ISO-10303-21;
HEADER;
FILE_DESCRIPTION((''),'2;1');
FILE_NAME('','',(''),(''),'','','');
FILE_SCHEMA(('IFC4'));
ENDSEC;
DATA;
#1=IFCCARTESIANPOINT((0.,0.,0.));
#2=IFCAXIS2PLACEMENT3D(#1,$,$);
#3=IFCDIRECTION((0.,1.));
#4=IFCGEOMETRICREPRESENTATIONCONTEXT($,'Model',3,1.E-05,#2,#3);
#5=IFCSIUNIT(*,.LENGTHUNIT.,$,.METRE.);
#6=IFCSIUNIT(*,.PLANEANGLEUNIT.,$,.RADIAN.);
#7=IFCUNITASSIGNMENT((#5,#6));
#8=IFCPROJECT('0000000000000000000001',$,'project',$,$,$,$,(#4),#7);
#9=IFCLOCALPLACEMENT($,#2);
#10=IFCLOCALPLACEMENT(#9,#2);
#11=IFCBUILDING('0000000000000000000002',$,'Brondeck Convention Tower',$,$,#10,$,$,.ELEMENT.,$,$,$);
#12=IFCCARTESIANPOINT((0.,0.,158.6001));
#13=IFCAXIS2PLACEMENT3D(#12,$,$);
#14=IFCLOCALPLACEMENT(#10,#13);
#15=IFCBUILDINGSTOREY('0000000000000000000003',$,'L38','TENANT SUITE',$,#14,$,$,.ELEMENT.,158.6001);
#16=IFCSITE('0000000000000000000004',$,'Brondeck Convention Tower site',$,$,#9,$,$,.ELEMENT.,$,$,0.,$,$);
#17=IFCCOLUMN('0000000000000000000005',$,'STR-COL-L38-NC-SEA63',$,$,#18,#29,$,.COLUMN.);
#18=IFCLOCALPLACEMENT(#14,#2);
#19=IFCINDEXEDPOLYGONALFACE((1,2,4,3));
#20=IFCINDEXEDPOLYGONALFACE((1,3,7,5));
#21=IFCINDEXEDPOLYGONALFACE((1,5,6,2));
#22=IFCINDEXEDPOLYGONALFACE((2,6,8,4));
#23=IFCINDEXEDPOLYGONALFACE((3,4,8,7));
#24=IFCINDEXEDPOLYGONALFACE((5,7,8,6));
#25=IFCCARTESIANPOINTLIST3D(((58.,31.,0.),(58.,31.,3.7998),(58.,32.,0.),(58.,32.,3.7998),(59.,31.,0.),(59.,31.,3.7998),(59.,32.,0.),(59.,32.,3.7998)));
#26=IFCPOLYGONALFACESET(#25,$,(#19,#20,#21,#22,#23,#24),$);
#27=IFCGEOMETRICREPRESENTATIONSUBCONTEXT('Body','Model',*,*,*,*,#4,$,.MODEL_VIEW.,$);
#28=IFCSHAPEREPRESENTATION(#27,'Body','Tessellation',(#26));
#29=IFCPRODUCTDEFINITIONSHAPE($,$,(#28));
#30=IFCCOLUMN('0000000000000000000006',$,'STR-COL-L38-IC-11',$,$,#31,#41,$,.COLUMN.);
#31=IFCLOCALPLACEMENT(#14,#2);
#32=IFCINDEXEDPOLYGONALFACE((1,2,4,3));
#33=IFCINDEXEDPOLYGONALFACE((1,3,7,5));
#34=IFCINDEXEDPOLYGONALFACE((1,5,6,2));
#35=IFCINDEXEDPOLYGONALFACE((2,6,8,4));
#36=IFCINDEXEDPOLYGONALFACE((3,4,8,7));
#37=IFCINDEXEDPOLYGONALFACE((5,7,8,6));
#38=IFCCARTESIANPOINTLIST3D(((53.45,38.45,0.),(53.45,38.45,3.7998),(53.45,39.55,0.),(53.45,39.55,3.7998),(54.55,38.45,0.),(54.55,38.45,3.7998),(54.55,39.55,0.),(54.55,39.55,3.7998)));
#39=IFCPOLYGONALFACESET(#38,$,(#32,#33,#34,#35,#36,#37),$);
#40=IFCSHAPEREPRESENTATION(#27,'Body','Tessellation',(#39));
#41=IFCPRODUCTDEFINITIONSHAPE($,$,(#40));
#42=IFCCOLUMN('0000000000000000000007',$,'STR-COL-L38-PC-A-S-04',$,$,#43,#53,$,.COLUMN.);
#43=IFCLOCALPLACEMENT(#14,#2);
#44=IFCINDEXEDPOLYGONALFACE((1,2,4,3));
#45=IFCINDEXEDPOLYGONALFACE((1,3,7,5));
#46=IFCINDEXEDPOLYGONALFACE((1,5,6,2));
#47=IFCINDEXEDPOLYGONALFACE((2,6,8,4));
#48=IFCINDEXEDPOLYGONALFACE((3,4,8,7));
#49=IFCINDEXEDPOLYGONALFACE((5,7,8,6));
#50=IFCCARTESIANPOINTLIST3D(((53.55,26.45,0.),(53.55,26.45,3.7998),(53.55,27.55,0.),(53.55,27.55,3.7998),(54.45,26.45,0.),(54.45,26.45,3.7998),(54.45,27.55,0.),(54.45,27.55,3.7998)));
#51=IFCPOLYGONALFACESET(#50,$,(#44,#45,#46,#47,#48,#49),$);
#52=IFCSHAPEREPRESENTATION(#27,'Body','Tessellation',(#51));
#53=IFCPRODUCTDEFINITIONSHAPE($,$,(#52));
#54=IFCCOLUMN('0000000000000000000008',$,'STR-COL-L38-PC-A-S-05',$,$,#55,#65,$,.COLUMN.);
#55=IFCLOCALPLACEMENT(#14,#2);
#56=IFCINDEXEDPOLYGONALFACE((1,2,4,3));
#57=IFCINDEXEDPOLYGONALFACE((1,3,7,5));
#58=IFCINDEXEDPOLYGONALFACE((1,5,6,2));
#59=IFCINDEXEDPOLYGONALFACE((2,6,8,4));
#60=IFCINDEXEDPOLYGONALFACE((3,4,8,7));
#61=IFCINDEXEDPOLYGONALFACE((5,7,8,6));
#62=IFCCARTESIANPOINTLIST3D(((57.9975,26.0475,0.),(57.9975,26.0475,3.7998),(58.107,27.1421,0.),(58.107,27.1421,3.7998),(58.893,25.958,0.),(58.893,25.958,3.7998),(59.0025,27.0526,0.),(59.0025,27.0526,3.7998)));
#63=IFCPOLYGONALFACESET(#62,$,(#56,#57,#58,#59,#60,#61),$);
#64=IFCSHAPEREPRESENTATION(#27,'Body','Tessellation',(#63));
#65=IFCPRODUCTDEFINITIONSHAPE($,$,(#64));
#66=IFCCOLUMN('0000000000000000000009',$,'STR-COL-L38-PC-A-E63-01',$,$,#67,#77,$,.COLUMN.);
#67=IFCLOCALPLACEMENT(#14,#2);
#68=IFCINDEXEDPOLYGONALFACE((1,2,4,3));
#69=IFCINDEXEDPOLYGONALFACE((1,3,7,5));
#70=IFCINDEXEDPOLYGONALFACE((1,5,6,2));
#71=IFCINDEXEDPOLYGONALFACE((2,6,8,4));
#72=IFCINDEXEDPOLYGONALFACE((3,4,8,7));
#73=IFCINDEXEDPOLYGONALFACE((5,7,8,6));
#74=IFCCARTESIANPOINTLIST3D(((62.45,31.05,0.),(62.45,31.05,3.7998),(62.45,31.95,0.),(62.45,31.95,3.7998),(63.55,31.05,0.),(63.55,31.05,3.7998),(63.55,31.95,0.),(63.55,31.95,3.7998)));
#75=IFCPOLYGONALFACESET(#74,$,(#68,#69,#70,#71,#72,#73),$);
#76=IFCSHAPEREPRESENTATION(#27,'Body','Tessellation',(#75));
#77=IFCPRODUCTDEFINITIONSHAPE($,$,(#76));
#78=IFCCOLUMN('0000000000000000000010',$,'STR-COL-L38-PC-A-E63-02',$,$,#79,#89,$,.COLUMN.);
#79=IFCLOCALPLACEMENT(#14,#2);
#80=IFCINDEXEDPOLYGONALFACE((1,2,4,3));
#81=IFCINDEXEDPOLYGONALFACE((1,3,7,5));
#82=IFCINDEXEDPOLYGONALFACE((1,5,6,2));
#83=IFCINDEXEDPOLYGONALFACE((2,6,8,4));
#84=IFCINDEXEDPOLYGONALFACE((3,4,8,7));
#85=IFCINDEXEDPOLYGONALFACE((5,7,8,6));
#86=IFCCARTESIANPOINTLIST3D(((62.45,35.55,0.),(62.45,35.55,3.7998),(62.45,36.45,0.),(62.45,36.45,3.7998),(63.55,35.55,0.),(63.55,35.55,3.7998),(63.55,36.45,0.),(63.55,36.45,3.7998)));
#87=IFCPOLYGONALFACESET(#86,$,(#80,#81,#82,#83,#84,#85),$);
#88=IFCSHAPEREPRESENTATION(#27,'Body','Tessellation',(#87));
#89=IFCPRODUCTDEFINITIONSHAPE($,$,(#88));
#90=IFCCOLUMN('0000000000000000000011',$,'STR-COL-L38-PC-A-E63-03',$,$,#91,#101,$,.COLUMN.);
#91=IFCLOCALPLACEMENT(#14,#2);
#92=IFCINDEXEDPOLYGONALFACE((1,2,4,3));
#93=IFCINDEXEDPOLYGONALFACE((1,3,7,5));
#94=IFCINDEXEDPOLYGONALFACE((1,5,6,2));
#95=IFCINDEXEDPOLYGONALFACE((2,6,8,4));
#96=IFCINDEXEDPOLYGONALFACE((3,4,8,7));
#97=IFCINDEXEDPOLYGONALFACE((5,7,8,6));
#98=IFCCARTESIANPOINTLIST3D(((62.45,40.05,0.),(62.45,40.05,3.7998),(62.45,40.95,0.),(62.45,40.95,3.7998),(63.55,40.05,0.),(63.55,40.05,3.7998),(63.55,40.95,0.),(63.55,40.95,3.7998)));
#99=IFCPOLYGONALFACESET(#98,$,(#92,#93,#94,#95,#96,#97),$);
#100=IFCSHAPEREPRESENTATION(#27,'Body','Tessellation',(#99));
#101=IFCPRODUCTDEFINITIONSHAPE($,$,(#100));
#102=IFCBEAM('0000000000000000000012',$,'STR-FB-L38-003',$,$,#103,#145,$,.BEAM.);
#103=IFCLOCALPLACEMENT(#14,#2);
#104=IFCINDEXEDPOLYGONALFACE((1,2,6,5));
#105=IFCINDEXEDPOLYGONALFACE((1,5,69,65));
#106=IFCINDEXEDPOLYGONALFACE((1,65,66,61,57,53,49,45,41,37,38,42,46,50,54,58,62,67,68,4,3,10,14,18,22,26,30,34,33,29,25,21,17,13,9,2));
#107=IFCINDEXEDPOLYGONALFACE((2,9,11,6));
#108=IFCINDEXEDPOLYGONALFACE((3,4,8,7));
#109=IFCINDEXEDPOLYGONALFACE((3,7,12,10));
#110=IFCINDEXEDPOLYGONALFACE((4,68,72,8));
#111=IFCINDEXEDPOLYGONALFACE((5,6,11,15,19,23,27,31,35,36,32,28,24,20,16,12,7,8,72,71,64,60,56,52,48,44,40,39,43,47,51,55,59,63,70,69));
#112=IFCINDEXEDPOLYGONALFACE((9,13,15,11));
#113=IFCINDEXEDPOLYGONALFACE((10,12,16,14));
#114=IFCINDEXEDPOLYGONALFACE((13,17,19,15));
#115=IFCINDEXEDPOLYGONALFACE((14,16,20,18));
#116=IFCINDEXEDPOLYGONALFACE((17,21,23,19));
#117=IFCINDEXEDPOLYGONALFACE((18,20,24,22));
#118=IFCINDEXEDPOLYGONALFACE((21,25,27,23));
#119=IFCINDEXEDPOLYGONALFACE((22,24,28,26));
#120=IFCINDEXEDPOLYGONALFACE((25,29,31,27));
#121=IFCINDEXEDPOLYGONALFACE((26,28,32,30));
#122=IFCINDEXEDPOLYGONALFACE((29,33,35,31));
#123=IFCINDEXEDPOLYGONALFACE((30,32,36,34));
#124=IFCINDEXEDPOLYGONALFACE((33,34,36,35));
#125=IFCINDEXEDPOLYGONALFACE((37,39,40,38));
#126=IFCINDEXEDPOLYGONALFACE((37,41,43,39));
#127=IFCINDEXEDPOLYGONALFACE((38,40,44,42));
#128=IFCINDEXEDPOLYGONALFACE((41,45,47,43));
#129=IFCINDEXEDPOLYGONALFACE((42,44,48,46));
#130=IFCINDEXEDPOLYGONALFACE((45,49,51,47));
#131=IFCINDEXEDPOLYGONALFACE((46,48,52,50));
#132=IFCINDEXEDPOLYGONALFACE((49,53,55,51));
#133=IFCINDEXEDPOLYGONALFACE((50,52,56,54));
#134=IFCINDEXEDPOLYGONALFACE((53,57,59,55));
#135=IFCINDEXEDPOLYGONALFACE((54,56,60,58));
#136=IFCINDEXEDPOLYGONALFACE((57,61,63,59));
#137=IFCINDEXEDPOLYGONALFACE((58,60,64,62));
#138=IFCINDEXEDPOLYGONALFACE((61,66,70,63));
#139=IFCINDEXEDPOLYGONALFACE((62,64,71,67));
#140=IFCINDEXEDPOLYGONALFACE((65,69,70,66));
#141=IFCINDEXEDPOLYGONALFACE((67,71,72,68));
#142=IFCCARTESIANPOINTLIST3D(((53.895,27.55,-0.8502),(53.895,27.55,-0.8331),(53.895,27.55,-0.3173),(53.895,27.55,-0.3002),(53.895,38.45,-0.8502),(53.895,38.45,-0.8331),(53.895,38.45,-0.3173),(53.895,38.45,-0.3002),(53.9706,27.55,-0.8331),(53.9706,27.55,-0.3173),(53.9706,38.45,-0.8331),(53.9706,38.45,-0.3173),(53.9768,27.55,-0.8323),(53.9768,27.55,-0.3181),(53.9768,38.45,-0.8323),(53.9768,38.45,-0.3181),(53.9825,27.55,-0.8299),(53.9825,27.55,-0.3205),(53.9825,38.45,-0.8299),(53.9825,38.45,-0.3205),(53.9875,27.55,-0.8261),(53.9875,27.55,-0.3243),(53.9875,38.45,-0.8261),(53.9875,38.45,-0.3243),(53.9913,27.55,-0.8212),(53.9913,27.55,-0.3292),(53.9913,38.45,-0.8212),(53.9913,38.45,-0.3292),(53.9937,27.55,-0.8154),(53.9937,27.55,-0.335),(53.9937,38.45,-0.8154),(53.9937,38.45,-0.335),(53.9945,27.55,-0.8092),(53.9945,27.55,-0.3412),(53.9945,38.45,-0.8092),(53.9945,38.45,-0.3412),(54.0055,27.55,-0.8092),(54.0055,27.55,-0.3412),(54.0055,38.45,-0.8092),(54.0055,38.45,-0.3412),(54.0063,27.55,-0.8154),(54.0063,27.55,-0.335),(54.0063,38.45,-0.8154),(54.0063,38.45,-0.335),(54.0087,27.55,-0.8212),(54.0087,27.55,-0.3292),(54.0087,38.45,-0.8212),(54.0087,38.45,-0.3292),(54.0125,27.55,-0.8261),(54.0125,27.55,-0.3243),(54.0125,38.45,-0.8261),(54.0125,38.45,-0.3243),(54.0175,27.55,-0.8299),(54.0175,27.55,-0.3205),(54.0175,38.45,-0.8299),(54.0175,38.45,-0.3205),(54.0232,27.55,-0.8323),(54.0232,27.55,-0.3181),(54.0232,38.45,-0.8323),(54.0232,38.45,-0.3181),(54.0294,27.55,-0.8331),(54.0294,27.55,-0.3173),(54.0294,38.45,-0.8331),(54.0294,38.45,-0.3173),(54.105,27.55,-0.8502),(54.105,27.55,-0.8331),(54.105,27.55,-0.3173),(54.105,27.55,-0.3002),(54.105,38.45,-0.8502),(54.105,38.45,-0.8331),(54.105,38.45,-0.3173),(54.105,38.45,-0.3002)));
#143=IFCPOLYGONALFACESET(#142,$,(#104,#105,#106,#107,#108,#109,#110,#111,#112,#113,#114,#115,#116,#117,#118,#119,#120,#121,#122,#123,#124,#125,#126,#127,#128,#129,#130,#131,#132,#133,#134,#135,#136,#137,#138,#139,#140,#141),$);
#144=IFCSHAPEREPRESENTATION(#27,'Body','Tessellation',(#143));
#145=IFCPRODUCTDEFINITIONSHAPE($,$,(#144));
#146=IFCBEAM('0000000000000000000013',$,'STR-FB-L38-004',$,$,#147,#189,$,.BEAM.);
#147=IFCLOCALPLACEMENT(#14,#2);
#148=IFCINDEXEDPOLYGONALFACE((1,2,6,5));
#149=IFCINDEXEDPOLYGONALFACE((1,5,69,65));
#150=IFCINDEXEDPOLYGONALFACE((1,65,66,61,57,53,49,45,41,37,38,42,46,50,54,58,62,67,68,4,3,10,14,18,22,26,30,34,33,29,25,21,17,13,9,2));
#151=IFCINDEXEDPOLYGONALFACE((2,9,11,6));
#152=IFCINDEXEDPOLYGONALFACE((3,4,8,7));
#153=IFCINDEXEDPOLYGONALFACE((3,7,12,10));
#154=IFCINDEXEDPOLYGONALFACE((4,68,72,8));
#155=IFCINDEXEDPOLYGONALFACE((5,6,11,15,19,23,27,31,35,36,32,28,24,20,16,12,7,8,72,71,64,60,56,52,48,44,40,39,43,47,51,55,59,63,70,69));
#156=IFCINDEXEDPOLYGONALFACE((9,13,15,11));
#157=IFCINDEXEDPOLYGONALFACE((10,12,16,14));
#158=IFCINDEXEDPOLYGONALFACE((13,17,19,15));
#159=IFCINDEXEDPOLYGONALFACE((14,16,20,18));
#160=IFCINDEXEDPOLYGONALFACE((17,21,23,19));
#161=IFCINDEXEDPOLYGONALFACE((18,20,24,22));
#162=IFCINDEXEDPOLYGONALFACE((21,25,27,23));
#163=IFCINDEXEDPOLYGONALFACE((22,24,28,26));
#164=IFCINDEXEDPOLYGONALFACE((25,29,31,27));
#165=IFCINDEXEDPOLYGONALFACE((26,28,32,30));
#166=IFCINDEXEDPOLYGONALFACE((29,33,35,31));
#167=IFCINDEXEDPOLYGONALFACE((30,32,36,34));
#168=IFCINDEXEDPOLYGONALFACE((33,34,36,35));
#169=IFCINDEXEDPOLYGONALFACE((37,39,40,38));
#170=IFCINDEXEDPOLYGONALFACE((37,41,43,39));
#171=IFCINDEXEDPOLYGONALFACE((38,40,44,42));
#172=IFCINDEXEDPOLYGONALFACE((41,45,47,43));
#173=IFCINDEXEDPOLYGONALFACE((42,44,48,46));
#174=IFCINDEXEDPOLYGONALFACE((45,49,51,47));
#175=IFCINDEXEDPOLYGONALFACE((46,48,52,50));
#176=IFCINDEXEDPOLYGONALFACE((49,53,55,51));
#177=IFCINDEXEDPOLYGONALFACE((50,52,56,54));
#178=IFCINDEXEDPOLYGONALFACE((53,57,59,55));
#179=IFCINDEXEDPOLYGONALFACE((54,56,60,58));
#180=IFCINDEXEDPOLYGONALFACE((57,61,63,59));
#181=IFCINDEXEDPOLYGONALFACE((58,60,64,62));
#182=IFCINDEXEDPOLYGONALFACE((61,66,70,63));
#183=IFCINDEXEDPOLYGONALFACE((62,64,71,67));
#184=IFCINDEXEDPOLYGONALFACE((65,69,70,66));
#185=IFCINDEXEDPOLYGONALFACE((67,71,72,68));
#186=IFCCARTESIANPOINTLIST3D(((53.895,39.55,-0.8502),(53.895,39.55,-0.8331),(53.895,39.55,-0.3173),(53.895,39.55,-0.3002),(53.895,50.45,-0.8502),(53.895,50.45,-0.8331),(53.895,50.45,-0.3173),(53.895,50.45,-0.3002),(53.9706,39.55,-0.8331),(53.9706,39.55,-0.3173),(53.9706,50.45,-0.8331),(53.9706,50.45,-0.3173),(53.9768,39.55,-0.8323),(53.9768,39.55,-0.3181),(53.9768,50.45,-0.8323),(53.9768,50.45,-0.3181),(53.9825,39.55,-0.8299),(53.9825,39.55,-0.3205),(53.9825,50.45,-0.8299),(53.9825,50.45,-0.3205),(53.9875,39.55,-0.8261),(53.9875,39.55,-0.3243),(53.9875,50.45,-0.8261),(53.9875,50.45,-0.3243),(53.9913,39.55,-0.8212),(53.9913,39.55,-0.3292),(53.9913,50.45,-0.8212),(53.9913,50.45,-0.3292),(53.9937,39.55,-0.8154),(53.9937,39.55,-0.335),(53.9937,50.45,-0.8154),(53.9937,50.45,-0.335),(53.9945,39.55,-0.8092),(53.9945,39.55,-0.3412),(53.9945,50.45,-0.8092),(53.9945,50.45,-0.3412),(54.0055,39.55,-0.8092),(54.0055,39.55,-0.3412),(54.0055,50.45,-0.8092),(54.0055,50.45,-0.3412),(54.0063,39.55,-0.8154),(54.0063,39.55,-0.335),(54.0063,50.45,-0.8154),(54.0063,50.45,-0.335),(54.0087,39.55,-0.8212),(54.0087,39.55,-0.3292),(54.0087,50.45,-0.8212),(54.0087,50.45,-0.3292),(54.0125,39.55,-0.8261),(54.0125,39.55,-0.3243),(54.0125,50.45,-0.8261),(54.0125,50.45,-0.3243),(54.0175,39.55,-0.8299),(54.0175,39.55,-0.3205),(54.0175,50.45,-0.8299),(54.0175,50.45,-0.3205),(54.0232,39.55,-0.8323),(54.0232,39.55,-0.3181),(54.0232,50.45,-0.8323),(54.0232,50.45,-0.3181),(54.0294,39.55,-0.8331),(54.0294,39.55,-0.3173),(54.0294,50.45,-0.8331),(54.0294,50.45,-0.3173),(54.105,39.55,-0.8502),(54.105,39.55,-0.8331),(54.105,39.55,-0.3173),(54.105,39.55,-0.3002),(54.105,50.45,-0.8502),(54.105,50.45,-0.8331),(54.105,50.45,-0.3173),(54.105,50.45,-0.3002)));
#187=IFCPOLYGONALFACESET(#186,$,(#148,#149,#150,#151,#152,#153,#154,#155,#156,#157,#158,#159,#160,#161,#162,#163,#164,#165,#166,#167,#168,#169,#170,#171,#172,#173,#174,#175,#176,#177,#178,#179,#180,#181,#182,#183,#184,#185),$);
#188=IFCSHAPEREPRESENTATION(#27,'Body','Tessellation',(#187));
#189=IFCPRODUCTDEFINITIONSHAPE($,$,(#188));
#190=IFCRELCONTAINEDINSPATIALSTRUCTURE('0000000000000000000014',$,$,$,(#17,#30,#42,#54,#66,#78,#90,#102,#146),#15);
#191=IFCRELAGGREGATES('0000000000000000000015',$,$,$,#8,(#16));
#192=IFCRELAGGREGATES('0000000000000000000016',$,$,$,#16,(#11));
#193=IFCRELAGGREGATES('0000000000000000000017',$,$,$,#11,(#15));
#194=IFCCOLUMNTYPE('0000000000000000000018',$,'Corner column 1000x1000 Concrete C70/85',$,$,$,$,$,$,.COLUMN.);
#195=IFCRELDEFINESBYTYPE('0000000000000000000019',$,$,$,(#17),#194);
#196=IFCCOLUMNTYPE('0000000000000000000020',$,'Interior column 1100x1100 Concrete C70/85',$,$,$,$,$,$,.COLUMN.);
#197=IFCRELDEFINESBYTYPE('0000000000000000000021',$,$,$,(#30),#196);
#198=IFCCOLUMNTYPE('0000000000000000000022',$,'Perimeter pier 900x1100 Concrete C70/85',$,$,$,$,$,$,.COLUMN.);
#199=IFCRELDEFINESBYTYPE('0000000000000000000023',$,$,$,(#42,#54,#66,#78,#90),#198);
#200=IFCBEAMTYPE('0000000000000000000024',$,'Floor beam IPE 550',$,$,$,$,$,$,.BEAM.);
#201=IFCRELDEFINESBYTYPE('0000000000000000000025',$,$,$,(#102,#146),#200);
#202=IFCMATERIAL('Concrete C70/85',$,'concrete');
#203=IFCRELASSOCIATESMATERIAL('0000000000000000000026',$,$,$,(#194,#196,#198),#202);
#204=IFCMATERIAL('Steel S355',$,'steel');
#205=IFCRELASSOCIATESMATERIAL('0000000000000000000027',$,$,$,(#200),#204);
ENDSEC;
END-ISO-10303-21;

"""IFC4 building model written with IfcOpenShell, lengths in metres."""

from ifc_helpers import new_model, si_unit, direction, frame, origin, origin_2d, place, context, subcontext, project, spatial, rectangle, i_section, extrude, material, material_profile, profile_set, type_object, element, save


model = new_model("IFC4")

# Units and contexts
model_context = context("Model", 3, precision=1e-05, world=origin(), true_north=direction((0.0, 1.0)))
body_context = subcontext(model_context, "Body", "Model", "MODEL_VIEW")
ifc_project = project(units=[si_unit("LENGTHUNIT", "METRE"), si_unit("PLANEANGLEUNIT", "RADIAN")], contexts=[model_context])

# Site, building, storey
site_placement = place(None, origin())
site = spatial("IfcSite", under=ifc_project, at=site_placement, Name="Brondeck Convention Tower site", CompositionType="ELEMENT", RefElevation=0.0)
building_placement = place(site_placement, origin())
building = spatial("IfcBuilding", under=site, at=building_placement, Name="Brondeck Convention Tower", CompositionType="ELEMENT")
storey_placement = place(building_placement, frame((0.0, 0.0, 158.6001)))
storey = spatial("IfcBuildingStorey", under=building, at=storey_placement, Name="L38", Description="TENANT SUITE", CompositionType="ELEMENT", Elevation=158.6001)

# Columns
ifc_material_1 = material(Name="Concrete C70/85", Category="concrete")
ifc_material_profile_1 = material_profile(ifc_material_1, rectangle(XDim=1.0, YDim=1.0, at=origin_2d()), Name="Corner column 1000x1000 Concrete C70/85")
ifc_profile_set_1 = profile_set([ifc_material_profile_1], Name="Concrete C70/85")
column_type_1 = type_object("IfcColumnType", Name="Corner column 1000x1000 Concrete C70/85", PredefinedType="COLUMN", material=ifc_profile_set_1)
column_1_placement = place(storey_placement, frame((58.5, 31.5, 0.0), z_axis=(0.0, 0.0, 1.0), x_axis=(1.0, 0.0, 0.0)))
element("IfcColumn", 1, at=column_1_placement, inside=storey, type_object=column_type_1, Name="STR-COL-L38-NC-SEA63", PredefinedType="COLUMN", context=body_context, shape_type="SweptSolid", body=[
    extrude(rectangle(XDim=1.0, YDim=1.0, at=origin_2d()), origin(), (0.0, 0.0, 1.0), 3.7998),
])
ifc_material_profile_2 = material_profile(ifc_material_1, rectangle(XDim=1.1001, YDim=1.1001, at=origin_2d()), Name="Interior column 1100x1100 Concrete C70/85")
ifc_profile_set_2 = profile_set([ifc_material_profile_2], Name="Concrete C70/85")
column_type_2 = type_object("IfcColumnType", Name="Interior column 1100x1100 Concrete C70/85", PredefinedType="COLUMN", material=ifc_profile_set_2)
column_2_placement = place(storey_placement, frame((54.0, 39.0, 0.0), z_axis=(0.0, 0.0, 1.0), x_axis=(1.0, 0.0, 0.0)))
element("IfcColumn", 2, at=column_2_placement, inside=storey, type_object=column_type_2, Name="STR-COL-L38-IC-11", PredefinedType="COLUMN", context=body_context, shape_type="SweptSolid", body=[
    extrude(rectangle(XDim=1.1001, YDim=1.1001, at=origin_2d()), origin(), (0.0, 0.0, 1.0), 3.7998),
])
ifc_material_profile_3 = material_profile(ifc_material_1, rectangle(XDim=0.8999, YDim=1.1001, at=origin_2d()), Name="Perimeter pier 900x1100 Concrete C70/85")
ifc_profile_set_3 = profile_set([ifc_material_profile_3], Name="Concrete C70/85")
column_type_3 = type_object("IfcColumnType", Name="Perimeter pier 900x1100 Concrete C70/85", PredefinedType="COLUMN", material=ifc_profile_set_3)
for number, where, z_axis, x_axis, name in (
    (3, (54.0, 27.0, 0.0), (0.0, 0.0, 1.0), (1.0, 0.0, 0.0), "STR-COL-L38-PC-A-S-04"),
    (4, (58.5, 26.55, 0.0), (0.0, 0.0, 1.0), (0.995037, -0.099504, 0.0), "STR-COL-L38-PC-A-S-05"),
    (5, (63.0, 31.5, 0.0), (0.0, 0.0, 1.0), (0.0, 1.0, 0.0), "STR-COL-L38-PC-A-E63-01"),
    (6, (63.0, 36.0, 0.0), (0.0, 0.0, 1.0), (0.0, 1.0, 0.0), "STR-COL-L38-PC-A-E63-02"),
    (7, (63.0, 40.5, 0.0), (0.0, 0.0, 1.0), (0.0, 1.0, 0.0), "STR-COL-L38-PC-A-E63-03"),
):
    element("IfcColumn", number, at=place(storey_placement, frame(where, z_axis=z_axis, x_axis=x_axis)), inside=storey, type_object=column_type_3, Name=name, PredefinedType="COLUMN", context=body_context, shape_type="SweptSolid", body=[
        extrude(rectangle(XDim=0.8999, YDim=1.1001, at=origin_2d()), origin(), (0.0, 0.0, 1.0), 3.7998),
    ])

# Beams
ifc_material_2 = material(Name="Steel S355", Category="steel")
ifc_material_profile_4 = material_profile(ifc_material_2, i_section(OverallWidth=0.21, OverallDepth=0.55, WebThickness=0.011, FlangeThickness=0.0171, FilletRadius=0.0239, at=origin_2d()), Name="IPE 550")
ifc_profile_set_4 = profile_set([ifc_material_profile_4], Name="Steel S355")
beam_type_1 = type_object("IfcBeamType", Name="Floor beam IPE 550", PredefinedType="BEAM", material=ifc_profile_set_4)
for number, where, z_axis, x_axis, name in (
    (8, (54.0, 27.55, -0.5752), (0.0, 1.0, 0.0), (-1.0, 0.0, 0.0), "STR-FB-L38-003"),
    (9, (54.0, 39.55, -0.5752), (0.0, 1.0, 0.0), (-1.0, 0.0, 0.0), "STR-FB-L38-004"),
):
    element("IfcBeam", number, at=place(storey_placement, frame(where, z_axis=z_axis, x_axis=x_axis)), inside=storey, type_object=beam_type_1, Name=name, PredefinedType="BEAM", context=body_context, shape_type="SweptSolid", body=[
        extrude(i_section(OverallWidth=0.21, OverallDepth=0.55, WebThickness=0.011, FlangeThickness=0.0171, FilletRadius=0.0239, at=origin_2d()), origin(), (0.0, 0.0, 1.0), 10.8999),
    ])

save(model, "model.ifc")
